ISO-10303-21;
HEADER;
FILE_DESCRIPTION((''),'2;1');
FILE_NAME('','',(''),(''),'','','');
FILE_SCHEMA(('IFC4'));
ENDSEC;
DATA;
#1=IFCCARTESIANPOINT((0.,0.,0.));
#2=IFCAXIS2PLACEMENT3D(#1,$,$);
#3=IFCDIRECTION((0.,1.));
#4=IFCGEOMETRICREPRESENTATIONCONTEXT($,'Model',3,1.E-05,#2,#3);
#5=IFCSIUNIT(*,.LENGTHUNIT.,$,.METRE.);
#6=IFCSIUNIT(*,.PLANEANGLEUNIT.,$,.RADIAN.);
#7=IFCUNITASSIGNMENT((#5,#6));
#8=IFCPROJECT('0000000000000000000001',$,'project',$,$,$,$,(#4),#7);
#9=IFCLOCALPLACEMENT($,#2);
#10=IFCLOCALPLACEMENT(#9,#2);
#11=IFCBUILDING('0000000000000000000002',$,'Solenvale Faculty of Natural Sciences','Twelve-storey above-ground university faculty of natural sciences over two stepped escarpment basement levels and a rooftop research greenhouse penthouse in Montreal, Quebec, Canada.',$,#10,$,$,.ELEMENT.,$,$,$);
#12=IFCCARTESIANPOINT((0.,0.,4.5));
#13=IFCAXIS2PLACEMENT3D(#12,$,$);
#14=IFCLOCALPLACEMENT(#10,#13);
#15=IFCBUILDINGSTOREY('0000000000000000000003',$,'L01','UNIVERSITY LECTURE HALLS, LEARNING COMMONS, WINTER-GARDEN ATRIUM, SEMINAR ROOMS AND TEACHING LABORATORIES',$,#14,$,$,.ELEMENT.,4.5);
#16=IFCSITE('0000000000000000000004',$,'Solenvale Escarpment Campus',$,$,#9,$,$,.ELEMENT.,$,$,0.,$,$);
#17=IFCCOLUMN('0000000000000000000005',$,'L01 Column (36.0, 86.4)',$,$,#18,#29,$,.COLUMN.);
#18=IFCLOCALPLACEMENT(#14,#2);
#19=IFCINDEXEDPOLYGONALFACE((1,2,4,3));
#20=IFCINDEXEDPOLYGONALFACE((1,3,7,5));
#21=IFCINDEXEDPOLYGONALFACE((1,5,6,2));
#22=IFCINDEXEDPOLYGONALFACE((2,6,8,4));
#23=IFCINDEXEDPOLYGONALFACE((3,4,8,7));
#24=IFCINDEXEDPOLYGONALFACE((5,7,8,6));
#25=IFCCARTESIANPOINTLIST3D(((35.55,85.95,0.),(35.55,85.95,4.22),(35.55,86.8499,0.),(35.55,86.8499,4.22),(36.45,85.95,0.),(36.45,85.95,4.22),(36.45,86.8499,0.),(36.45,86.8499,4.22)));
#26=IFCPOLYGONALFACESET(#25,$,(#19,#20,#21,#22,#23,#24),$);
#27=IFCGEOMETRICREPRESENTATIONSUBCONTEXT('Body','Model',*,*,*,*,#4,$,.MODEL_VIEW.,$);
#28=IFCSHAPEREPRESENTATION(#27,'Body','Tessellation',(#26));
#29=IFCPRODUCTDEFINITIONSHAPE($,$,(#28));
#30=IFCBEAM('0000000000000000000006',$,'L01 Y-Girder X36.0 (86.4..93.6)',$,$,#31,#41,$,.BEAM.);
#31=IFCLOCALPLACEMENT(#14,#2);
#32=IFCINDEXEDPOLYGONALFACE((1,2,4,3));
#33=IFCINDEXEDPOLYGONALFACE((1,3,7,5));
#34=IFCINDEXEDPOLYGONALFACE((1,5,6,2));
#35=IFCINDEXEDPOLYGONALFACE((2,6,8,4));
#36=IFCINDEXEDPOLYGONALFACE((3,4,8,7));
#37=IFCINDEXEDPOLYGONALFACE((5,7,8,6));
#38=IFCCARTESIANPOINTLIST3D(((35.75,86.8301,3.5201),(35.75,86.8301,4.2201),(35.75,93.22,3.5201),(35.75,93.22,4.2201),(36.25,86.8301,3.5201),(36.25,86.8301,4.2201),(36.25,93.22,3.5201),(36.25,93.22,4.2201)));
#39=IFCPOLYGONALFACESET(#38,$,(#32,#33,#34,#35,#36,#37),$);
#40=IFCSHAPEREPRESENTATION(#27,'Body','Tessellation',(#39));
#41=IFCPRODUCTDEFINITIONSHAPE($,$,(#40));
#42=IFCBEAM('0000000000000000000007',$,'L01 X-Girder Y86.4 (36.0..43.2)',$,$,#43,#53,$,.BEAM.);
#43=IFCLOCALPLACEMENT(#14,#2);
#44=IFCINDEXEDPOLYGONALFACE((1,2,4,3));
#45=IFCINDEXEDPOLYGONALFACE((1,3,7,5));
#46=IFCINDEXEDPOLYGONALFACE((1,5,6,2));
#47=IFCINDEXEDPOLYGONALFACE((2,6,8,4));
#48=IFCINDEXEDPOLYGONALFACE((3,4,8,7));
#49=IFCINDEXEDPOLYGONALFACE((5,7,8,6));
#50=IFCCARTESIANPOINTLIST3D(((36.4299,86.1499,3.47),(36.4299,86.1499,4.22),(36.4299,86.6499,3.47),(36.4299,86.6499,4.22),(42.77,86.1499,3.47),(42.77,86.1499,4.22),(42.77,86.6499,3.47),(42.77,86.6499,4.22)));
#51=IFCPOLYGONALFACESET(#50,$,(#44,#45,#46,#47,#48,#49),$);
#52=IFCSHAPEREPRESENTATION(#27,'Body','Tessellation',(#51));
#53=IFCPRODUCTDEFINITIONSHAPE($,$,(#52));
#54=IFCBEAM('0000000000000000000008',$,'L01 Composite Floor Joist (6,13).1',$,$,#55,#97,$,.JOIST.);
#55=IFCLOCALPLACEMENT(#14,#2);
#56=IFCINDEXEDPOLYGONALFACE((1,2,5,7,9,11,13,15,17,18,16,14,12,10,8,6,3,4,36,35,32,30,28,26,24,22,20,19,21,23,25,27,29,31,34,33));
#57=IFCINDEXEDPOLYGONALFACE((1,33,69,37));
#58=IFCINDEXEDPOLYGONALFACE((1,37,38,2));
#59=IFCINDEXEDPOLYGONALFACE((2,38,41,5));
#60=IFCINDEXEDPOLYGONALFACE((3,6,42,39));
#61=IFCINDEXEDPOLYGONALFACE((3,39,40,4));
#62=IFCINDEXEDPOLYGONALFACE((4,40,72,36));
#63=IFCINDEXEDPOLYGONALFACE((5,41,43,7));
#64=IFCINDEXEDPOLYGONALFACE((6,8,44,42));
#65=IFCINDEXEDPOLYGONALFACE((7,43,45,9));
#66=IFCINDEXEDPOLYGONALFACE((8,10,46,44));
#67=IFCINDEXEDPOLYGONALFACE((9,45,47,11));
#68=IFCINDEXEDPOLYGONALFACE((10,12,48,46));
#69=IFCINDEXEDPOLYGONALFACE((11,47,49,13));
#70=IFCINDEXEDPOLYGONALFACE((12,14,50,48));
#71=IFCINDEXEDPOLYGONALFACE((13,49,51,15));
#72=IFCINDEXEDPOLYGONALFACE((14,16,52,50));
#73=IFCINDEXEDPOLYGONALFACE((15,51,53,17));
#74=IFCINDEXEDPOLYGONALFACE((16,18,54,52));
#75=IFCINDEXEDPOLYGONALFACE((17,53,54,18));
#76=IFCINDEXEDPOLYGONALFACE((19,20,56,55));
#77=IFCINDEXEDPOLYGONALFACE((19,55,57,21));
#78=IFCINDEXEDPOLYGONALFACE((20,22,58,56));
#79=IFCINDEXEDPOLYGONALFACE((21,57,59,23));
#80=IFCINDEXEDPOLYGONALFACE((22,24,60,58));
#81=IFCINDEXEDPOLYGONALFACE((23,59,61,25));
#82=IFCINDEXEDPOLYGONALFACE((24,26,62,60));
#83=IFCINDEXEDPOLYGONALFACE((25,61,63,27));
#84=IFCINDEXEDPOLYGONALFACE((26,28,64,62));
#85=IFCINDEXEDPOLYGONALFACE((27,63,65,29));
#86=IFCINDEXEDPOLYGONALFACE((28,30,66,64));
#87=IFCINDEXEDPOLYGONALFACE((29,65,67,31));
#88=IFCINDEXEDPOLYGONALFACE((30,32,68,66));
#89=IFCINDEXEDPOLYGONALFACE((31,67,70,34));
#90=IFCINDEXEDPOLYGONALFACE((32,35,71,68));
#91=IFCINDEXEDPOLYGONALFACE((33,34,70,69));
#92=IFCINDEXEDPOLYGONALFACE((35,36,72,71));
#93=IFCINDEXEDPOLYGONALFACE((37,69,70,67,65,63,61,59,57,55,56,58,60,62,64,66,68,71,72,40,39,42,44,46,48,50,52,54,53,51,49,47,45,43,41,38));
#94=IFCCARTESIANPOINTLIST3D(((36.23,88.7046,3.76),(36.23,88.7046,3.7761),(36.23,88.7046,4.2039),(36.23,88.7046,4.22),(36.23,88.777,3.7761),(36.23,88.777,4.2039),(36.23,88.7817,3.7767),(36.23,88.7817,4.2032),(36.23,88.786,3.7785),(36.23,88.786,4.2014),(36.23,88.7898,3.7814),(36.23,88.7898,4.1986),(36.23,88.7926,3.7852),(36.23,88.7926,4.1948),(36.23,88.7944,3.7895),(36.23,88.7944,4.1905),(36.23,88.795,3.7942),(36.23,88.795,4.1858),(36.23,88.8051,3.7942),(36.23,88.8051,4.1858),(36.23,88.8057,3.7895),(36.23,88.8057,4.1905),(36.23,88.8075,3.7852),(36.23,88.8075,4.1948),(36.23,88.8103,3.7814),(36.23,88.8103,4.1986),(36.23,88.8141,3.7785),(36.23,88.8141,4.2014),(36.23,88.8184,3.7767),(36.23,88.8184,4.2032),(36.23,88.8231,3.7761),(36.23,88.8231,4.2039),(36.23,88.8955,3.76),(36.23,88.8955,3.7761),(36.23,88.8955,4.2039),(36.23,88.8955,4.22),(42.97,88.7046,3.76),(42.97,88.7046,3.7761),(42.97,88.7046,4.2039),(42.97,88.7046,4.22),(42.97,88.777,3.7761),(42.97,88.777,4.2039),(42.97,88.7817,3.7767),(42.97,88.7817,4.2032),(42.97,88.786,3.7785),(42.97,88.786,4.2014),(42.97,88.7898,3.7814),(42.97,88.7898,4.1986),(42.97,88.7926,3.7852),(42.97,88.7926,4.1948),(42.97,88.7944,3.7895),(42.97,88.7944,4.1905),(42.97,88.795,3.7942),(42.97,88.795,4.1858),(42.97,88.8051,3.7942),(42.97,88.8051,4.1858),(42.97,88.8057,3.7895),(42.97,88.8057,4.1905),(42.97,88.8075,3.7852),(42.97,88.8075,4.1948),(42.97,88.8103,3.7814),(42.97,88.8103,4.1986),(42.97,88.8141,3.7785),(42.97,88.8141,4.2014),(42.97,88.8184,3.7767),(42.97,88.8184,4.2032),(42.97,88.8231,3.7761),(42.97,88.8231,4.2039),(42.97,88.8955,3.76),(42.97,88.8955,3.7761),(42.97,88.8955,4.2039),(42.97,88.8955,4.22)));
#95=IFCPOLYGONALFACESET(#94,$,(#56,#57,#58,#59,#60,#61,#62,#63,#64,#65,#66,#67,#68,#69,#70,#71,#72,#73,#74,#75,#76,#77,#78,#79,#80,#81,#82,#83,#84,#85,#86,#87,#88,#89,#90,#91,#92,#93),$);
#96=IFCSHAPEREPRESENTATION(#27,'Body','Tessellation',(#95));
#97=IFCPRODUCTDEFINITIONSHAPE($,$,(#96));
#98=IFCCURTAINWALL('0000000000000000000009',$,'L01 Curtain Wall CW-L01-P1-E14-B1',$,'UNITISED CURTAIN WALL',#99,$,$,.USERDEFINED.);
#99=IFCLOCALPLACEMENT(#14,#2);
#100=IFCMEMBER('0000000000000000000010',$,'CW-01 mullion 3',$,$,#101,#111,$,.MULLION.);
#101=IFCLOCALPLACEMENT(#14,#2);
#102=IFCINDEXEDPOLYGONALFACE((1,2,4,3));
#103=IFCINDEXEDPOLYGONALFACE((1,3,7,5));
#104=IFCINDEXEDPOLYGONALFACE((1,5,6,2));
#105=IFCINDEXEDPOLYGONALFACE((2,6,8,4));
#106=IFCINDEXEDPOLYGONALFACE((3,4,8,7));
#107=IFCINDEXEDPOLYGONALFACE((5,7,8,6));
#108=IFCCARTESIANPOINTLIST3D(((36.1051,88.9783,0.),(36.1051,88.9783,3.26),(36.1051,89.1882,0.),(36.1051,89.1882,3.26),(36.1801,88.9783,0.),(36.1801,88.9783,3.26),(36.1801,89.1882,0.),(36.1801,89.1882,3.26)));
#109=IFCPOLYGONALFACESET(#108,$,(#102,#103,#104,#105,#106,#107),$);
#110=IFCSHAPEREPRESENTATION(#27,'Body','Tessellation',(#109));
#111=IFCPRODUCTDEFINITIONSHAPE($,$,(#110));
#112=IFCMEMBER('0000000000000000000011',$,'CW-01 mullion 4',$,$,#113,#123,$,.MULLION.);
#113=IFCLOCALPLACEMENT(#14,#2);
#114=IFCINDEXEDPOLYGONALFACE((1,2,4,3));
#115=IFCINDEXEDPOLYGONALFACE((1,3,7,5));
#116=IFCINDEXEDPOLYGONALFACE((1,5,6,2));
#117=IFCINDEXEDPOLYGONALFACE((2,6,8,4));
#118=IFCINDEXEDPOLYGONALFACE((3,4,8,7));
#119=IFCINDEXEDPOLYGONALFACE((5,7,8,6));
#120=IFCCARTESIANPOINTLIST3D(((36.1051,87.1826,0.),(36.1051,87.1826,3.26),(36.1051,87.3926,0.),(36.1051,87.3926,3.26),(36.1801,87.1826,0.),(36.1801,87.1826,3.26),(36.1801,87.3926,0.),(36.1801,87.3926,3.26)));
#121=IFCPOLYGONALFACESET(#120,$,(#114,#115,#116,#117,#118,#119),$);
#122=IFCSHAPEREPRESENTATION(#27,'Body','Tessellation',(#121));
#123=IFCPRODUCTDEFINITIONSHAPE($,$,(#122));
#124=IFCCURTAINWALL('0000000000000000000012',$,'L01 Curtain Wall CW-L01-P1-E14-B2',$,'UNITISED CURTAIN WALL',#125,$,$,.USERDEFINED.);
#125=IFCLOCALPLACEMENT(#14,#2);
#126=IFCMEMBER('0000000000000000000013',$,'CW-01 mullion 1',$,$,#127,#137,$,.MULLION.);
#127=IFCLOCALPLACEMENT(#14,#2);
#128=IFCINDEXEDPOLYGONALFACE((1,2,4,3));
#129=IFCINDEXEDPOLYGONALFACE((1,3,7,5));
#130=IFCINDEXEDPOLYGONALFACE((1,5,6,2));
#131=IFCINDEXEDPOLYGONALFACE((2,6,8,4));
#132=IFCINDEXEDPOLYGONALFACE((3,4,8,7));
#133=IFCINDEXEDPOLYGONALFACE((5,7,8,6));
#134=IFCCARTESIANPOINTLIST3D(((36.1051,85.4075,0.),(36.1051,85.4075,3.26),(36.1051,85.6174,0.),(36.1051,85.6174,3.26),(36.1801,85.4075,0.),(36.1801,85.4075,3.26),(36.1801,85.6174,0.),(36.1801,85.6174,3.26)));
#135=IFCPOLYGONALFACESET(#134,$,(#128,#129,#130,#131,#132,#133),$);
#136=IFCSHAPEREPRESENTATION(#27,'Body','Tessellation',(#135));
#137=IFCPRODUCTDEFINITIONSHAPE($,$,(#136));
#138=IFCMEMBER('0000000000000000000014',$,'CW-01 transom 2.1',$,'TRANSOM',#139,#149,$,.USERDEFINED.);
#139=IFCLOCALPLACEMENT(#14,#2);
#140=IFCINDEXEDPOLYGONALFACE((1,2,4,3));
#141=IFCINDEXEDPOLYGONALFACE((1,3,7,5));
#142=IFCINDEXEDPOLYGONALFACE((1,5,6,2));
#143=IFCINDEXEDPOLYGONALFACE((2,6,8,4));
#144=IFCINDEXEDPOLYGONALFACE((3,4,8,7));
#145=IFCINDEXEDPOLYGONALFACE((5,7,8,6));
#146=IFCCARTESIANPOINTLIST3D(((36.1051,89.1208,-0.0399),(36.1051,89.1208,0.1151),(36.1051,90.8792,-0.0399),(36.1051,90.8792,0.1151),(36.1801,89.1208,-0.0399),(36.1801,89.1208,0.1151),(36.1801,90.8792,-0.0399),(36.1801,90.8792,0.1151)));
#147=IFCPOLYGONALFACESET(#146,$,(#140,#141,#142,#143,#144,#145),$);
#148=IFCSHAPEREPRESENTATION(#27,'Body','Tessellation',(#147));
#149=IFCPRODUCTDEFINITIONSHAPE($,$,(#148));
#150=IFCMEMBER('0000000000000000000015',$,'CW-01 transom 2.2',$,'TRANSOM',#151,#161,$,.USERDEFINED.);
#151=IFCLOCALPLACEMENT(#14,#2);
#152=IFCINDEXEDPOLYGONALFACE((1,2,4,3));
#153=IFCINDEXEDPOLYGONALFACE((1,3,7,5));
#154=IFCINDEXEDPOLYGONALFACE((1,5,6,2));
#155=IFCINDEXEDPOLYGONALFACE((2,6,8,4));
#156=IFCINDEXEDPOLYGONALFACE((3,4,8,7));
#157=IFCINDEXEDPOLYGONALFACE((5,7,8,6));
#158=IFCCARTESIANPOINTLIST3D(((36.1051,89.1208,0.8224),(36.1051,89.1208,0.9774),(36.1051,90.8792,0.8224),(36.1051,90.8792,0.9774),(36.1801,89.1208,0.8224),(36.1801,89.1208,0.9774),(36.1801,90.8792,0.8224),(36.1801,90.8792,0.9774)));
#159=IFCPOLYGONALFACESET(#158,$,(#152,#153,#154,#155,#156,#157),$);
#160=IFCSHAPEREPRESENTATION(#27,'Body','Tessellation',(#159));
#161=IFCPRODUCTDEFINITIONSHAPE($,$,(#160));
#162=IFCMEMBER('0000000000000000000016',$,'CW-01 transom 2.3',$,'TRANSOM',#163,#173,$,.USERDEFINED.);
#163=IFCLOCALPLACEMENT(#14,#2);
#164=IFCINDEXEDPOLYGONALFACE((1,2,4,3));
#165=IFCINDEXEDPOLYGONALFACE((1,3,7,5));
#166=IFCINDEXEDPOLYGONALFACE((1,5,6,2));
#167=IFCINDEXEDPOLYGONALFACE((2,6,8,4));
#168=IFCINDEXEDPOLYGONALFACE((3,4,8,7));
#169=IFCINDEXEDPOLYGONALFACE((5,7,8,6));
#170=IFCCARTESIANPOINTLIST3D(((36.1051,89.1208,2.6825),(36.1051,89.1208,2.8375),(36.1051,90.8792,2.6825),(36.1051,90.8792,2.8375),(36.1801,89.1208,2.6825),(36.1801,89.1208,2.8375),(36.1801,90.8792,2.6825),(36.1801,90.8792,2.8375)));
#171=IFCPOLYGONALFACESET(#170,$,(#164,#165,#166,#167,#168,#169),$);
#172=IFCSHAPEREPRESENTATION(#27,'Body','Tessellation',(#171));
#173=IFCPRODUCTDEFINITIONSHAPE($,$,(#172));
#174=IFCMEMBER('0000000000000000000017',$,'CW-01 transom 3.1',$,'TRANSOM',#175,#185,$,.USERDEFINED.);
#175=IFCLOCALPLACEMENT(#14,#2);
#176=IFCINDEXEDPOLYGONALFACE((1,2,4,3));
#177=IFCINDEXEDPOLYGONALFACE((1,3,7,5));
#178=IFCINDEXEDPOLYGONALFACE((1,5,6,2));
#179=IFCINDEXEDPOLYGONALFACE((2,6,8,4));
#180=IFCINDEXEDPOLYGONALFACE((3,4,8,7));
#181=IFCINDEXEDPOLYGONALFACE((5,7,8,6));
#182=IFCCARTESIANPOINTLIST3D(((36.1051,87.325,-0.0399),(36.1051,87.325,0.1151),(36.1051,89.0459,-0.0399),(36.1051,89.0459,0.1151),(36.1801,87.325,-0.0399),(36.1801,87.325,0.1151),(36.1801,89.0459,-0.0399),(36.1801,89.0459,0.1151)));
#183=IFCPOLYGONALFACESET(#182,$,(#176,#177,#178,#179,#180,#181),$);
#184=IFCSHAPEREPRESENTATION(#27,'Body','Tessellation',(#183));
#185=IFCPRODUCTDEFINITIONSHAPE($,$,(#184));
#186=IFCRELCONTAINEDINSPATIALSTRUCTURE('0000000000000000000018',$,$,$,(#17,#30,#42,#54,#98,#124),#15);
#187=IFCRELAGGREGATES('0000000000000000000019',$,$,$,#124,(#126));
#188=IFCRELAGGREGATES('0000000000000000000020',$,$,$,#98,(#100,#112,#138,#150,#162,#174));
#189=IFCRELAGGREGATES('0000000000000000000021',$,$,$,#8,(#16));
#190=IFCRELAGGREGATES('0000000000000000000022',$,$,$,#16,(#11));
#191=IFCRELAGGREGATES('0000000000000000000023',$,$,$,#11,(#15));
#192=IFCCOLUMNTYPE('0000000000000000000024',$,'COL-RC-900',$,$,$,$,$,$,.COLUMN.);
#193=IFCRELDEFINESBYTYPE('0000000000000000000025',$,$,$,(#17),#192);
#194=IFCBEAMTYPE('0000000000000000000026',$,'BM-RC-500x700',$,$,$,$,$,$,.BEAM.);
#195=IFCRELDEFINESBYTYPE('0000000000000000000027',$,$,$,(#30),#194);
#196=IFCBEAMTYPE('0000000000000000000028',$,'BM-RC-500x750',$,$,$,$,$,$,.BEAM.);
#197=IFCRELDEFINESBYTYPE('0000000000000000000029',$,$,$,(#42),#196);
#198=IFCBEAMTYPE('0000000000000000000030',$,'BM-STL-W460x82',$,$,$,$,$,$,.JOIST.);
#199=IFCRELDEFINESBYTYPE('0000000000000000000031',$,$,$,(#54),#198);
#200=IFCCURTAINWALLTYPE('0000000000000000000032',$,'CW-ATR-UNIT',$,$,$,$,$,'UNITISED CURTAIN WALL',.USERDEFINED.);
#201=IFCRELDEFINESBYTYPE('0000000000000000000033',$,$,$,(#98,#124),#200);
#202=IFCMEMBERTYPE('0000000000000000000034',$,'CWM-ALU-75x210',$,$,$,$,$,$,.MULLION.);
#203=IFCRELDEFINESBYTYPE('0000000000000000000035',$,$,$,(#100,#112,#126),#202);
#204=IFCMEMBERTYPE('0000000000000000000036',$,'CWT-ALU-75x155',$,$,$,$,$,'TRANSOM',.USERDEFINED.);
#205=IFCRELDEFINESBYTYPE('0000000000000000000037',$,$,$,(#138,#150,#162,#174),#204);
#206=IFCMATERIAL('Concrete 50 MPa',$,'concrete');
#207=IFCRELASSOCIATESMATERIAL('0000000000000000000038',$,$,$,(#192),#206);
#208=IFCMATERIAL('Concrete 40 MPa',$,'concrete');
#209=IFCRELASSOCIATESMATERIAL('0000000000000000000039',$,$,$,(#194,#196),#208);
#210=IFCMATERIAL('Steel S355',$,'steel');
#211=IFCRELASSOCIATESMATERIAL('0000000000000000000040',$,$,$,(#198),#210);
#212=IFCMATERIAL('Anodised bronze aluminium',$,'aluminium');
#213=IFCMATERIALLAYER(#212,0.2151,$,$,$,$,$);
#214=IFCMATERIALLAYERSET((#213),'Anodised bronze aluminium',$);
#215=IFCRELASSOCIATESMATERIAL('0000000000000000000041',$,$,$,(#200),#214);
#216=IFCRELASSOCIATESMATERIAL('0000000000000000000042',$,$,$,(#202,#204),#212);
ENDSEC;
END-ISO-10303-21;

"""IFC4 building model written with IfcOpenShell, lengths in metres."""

from ifc_helpers import new_model, si_unit, direction, frame, origin, origin_2d, place, context, subcontext, project, spatial, rectangle, i_section, extrude, material, layer, layer_set, material_profile, profile_set, type_object, element, aggregate, save


model = new_model("IFC4")

# Units and contexts
model_context = context("Model", 3, precision=1e-05, world=origin(), true_north=direction((0.0, 1.0)))
body_context = subcontext(model_context, "Body", "Model", "MODEL_VIEW")
ifc_project = project(units=[si_unit("LENGTHUNIT", "METRE"), si_unit("PLANEANGLEUNIT", "RADIAN")], contexts=[model_context])

# Site, building, storey
site_placement = place(None, origin())
site = spatial("IfcSite", under=ifc_project, at=site_placement, Name="Solenvale Escarpment Campus", CompositionType="ELEMENT", RefElevation=0.0)
building_placement = place(site_placement, origin())
building = spatial("IfcBuilding", under=site, at=building_placement, Name="Solenvale Faculty of Natural Sciences", Description="Twelve-storey above-ground university faculty of natural sciences over two stepped escarpment basement levels and a rooftop research greenhouse penthouse in Montreal, Quebec, Canada.", CompositionType="ELEMENT")
storey_placement = place(building_placement, frame((0.0, 0.0, 4.5)))
storey = spatial("IfcBuildingStorey", under=building, at=storey_placement, Name="L01", Description="UNIVERSITY LECTURE HALLS, LEARNING COMMONS, WINTER-GARDEN ATRIUM, SEMINAR ROOMS AND TEACHING LABORATORIES", CompositionType="ELEMENT", Elevation=4.5)

# Column
ifc_material_1 = material(Name="Concrete 50 MPa", Category="concrete")
ifc_material_profile_1 = material_profile(ifc_material_1, rectangle(XDim=0.8999, YDim=0.8999, at=origin_2d()), Name="RC-COL-900x900")
ifc_profile_set_1 = profile_set([ifc_material_profile_1], Name="Concrete 50 MPa")
column_type = type_object("IfcColumnType", Name="COL-RC-900", PredefinedType="COLUMN", material=ifc_profile_set_1)
column_placement = place(storey_placement, frame((36.0, 86.3999, 0.0), z_axis=(0.0, 0.0, 1.0), x_axis=(1.0, 0.0, 0.0)))
element("IfcColumn", 1, at=column_placement, inside=storey, type_object=column_type, Name="L01 Column (36.0, 86.4)", PredefinedType="COLUMN", context=body_context, shape_type="SweptSolid", body=[
    extrude(rectangle(XDim=0.8999, YDim=0.8999, at=origin_2d()), origin(), (0.0, 0.0, 1.0), 4.22),
])

# Beams
ifc_material_2 = material(Name="Concrete 40 MPa", Category="concrete")
ifc_material_profile_2 = material_profile(ifc_material_2, rectangle(XDim=0.5, YDim=0.7, at=origin_2d()), Name="RC-BM-500x700")
ifc_profile_set_2 = profile_set([ifc_material_profile_2], Name="Concrete 40 MPa")
beam_type_1 = type_object("IfcBeamType", Name="BM-RC-500x700", PredefinedType="BEAM", material=ifc_profile_set_2)
beam_1_placement = place(storey_placement, frame((36.0, 86.8301, 3.8701), z_axis=(0.0, 1.0, 0.0), x_axis=(-1.0, 0.0, 0.0)))
element("IfcBeam", 2, at=beam_1_placement, inside=storey, type_object=beam_type_1, Name="L01 Y-Girder X36.0 (86.4..93.6)", PredefinedType="BEAM", context=body_context, shape_type="SweptSolid", body=[
    extrude(rectangle(XDim=0.5, YDim=0.7, at=origin_2d()), origin(), (0.0, 0.0, 1.0), 6.3899),
])
ifc_material_profile_3 = material_profile(ifc_material_2, rectangle(XDim=0.5, YDim=0.75, at=origin_2d()), Name="RC-BM-500x750")
ifc_profile_set_3 = profile_set([ifc_material_profile_3], Name="Concrete 40 MPa")
beam_type_2 = type_object("IfcBeamType", Name="BM-RC-500x750", PredefinedType="BEAM", material=ifc_profile_set_3)
beam_2_placement = place(storey_placement, frame((36.4299, 86.3999, 3.845), z_axis=(1.0, 0.0, 0.0), x_axis=(0.0, 1.0, 0.0)))
element("IfcBeam", 3, at=beam_2_placement, inside=storey, type_object=beam_type_2, Name="L01 X-Girder Y86.4 (36.0..43.2)", PredefinedType="BEAM", context=body_context, shape_type="SweptSolid", body=[
    extrude(rectangle(XDim=0.5, YDim=0.75, at=origin_2d()), origin(), (0.0, 0.0, 1.0), 6.3401),
])
ifc_material_3 = material(Name="Steel S355", Category="steel")
ifc_material_profile_4 = material_profile(ifc_material_3, i_section(OverallWidth=0.1909, OverallDepth=0.46, WebThickness=0.01, FlangeThickness=0.0161, FilletRadius=0.0181, at=origin_2d()), Name="W460x82")
ifc_profile_set_4 = profile_set([ifc_material_profile_4], Name="Steel S355")
beam_type_3 = type_object("IfcBeamType", Name="BM-STL-W460x82", PredefinedType="JOIST", material=ifc_profile_set_4)
beam_3_placement = place(storey_placement, frame((36.23, 88.8, 3.99), z_axis=(1.0, 0.0, 0.0), x_axis=(0.0, 1.0, 0.0)))
element("IfcBeam", 4, at=beam_3_placement, inside=storey, type_object=beam_type_3, Name="L01 Composite Floor Joist (6,13).1", PredefinedType="JOIST", context=body_context, shape_type="SweptSolid", body=[
    extrude(i_section(OverallWidth=0.1909, OverallDepth=0.46, WebThickness=0.01, FlangeThickness=0.0161, FilletRadius=0.0181, at=origin_2d()), origin(), (0.0, 0.0, 1.0), 6.74),
])

# Curtain wall, members
ifc_material_4 = material(Name="Anodised bronze aluminium", Category="aluminium")
ifc_layer_1 = layer(ifc_material_4, 0.2151)
ifc_layer_set_1 = layer_set([ifc_layer_1], Name="Anodised bronze aluminium")
curtain_wall_type = type_object("IfcCurtainWallType", Name="CW-ATR-UNIT", ElementType="UNITISED CURTAIN WALL", PredefinedType="USERDEFINED", material=ifc_layer_set_1)
curtain_wall_1_placement = place(storey_placement, origin())
curtain_wall_1 = element("IfcCurtainWall", 5, at=curtain_wall_1_placement, inside=storey, type_object=curtain_wall_type, Name="L01 Curtain Wall CW-L01-P1-E14-B1", ObjectType="UNITISED CURTAIN WALL", PredefinedType="USERDEFINED")
ifc_material_profile_5 = material_profile(ifc_material_4, rectangle(XDim=0.075, YDim=0.21, at=origin_2d()), Name="ALU-MUL-75x210")
ifc_profile_set_5 = profile_set([ifc_material_profile_5], Name="Anodised bronze aluminium")
member_type_1 = type_object("IfcMemberType", Name="CWM-ALU-75x210", PredefinedType="MULLION", material=ifc_profile_set_5)
member_1_placement = place(storey_placement, frame((36.1426, 89.0833, 0.0), z_axis=(0.0, 0.0, 1.0), x_axis=(1.0, 0.0, 0.0)))
member_1 = element("IfcMember", 6, at=member_1_placement, type_object=member_type_1, Name="CW-01 mullion 3", PredefinedType="MULLION", context=body_context, shape_type="SweptSolid", body=[
    extrude(rectangle(XDim=0.075, YDim=0.21, at=origin_2d()), origin(), (0.0, 0.0, 1.0), 3.26),
])
member_2_placement = place(storey_placement, frame((36.1426, 87.2876, 0.0), z_axis=(0.0, 0.0, 1.0), x_axis=(1.0, 0.0, 0.0)))
member_2 = element("IfcMember", 7, at=member_2_placement, type_object=member_type_1, Name="CW-01 mullion 4", PredefinedType="MULLION", context=body_context, shape_type="SweptSolid", body=[
    extrude(rectangle(XDim=0.075, YDim=0.21, at=origin_2d()), origin(), (0.0, 0.0, 1.0), 3.26),
])

# Curtain wall, member
curtain_wall_2_placement = place(storey_placement, origin())
curtain_wall_2 = element("IfcCurtainWall", 8, at=curtain_wall_2_placement, inside=storey, type_object=curtain_wall_type, Name="L01 Curtain Wall CW-L01-P1-E14-B2", ObjectType="UNITISED CURTAIN WALL", PredefinedType="USERDEFINED")
member_3_placement = place(storey_placement, frame((36.1426, 85.5125, 0.0), z_axis=(0.0, 0.0, 1.0), x_axis=(1.0, 0.0, 0.0)))
member_3 = element("IfcMember", 9, at=member_3_placement, type_object=member_type_1, Name="CW-01 mullion 1", PredefinedType="MULLION", context=body_context, shape_type="SweptSolid", body=[
    extrude(rectangle(XDim=0.075, YDim=0.21, at=origin_2d()), origin(), (0.0, 0.0, 1.0), 3.26),
])

# Members
ifc_material_profile_6 = material_profile(ifc_material_4, rectangle(XDim=0.075, YDim=0.155, at=origin_2d()), Name="ALU-TRN-75x155")
ifc_profile_set_6 = profile_set([ifc_material_profile_6], Name="Anodised bronze aluminium")
member_type_2 = type_object("IfcMemberType", Name="CWT-ALU-75x155", ElementType="TRANSOM", PredefinedType="USERDEFINED", material=ifc_profile_set_6)
member_4_placement = place(storey_placement, frame((36.1426, 90.8792, 0.0376), z_axis=(0.0, -1.0, 0.0), x_axis=(1.0, 0.0, 0.0)))
member_4 = element("IfcMember", 10, at=member_4_placement, type_object=member_type_2, Name="CW-01 transom 2.1", ObjectType="TRANSOM", PredefinedType="USERDEFINED", context=body_context, shape_type="SweptSolid", body=[
    extrude(rectangle(XDim=0.075, YDim=0.155, at=origin_2d()), origin(), (0.0, 0.0, 1.0), 1.7583),
])
member_5_placement = place(storey_placement, frame((36.1426, 90.8792, 0.8999), z_axis=(0.0, -1.0, 0.0), x_axis=(1.0, 0.0, 0.0)))
member_5 = element("IfcMember", 11, at=member_5_placement, type_object=member_type_2, Name="CW-01 transom 2.2", ObjectType="TRANSOM", PredefinedType="USERDEFINED", context=body_context, shape_type="SweptSolid", body=[
    extrude(rectangle(XDim=0.075, YDim=0.155, at=origin_2d()), origin(), (0.0, 0.0, 1.0), 1.7583),
])
member_6_placement = place(storey_placement, frame((36.1426, 90.8792, 2.76), z_axis=(0.0, -1.0, 0.0), x_axis=(1.0, 0.0, 0.0)))
member_6 = element("IfcMember", 12, at=member_6_placement, type_object=member_type_2, Name="CW-01 transom 2.3", ObjectType="TRANSOM", PredefinedType="USERDEFINED", context=body_context, shape_type="SweptSolid", body=[
    extrude(rectangle(XDim=0.075, YDim=0.155, at=origin_2d()), origin(), (0.0, 0.0, 1.0), 1.7583),
])
member_7_placement = place(storey_placement, frame((36.1426, 89.0459, 0.0376), z_axis=(0.0, -1.0, 0.0), x_axis=(1.0, 0.0, 0.0)))
member_7 = element("IfcMember", 13, at=member_7_placement, type_object=member_type_2, Name="CW-01 transom 3.1", ObjectType="TRANSOM", PredefinedType="USERDEFINED", context=body_context, shape_type="SweptSolid", body=[
    extrude(rectangle(XDim=0.075, YDim=0.155, at=origin_2d()), origin(), (0.0, 0.0, 1.0), 1.7209),
])
aggregate(curtain_wall_2, [member_3])

aggregate(curtain_wall_1, [member_1, member_2, member_4, member_5, member_6, member_7])

save(model, "model.ifc")
